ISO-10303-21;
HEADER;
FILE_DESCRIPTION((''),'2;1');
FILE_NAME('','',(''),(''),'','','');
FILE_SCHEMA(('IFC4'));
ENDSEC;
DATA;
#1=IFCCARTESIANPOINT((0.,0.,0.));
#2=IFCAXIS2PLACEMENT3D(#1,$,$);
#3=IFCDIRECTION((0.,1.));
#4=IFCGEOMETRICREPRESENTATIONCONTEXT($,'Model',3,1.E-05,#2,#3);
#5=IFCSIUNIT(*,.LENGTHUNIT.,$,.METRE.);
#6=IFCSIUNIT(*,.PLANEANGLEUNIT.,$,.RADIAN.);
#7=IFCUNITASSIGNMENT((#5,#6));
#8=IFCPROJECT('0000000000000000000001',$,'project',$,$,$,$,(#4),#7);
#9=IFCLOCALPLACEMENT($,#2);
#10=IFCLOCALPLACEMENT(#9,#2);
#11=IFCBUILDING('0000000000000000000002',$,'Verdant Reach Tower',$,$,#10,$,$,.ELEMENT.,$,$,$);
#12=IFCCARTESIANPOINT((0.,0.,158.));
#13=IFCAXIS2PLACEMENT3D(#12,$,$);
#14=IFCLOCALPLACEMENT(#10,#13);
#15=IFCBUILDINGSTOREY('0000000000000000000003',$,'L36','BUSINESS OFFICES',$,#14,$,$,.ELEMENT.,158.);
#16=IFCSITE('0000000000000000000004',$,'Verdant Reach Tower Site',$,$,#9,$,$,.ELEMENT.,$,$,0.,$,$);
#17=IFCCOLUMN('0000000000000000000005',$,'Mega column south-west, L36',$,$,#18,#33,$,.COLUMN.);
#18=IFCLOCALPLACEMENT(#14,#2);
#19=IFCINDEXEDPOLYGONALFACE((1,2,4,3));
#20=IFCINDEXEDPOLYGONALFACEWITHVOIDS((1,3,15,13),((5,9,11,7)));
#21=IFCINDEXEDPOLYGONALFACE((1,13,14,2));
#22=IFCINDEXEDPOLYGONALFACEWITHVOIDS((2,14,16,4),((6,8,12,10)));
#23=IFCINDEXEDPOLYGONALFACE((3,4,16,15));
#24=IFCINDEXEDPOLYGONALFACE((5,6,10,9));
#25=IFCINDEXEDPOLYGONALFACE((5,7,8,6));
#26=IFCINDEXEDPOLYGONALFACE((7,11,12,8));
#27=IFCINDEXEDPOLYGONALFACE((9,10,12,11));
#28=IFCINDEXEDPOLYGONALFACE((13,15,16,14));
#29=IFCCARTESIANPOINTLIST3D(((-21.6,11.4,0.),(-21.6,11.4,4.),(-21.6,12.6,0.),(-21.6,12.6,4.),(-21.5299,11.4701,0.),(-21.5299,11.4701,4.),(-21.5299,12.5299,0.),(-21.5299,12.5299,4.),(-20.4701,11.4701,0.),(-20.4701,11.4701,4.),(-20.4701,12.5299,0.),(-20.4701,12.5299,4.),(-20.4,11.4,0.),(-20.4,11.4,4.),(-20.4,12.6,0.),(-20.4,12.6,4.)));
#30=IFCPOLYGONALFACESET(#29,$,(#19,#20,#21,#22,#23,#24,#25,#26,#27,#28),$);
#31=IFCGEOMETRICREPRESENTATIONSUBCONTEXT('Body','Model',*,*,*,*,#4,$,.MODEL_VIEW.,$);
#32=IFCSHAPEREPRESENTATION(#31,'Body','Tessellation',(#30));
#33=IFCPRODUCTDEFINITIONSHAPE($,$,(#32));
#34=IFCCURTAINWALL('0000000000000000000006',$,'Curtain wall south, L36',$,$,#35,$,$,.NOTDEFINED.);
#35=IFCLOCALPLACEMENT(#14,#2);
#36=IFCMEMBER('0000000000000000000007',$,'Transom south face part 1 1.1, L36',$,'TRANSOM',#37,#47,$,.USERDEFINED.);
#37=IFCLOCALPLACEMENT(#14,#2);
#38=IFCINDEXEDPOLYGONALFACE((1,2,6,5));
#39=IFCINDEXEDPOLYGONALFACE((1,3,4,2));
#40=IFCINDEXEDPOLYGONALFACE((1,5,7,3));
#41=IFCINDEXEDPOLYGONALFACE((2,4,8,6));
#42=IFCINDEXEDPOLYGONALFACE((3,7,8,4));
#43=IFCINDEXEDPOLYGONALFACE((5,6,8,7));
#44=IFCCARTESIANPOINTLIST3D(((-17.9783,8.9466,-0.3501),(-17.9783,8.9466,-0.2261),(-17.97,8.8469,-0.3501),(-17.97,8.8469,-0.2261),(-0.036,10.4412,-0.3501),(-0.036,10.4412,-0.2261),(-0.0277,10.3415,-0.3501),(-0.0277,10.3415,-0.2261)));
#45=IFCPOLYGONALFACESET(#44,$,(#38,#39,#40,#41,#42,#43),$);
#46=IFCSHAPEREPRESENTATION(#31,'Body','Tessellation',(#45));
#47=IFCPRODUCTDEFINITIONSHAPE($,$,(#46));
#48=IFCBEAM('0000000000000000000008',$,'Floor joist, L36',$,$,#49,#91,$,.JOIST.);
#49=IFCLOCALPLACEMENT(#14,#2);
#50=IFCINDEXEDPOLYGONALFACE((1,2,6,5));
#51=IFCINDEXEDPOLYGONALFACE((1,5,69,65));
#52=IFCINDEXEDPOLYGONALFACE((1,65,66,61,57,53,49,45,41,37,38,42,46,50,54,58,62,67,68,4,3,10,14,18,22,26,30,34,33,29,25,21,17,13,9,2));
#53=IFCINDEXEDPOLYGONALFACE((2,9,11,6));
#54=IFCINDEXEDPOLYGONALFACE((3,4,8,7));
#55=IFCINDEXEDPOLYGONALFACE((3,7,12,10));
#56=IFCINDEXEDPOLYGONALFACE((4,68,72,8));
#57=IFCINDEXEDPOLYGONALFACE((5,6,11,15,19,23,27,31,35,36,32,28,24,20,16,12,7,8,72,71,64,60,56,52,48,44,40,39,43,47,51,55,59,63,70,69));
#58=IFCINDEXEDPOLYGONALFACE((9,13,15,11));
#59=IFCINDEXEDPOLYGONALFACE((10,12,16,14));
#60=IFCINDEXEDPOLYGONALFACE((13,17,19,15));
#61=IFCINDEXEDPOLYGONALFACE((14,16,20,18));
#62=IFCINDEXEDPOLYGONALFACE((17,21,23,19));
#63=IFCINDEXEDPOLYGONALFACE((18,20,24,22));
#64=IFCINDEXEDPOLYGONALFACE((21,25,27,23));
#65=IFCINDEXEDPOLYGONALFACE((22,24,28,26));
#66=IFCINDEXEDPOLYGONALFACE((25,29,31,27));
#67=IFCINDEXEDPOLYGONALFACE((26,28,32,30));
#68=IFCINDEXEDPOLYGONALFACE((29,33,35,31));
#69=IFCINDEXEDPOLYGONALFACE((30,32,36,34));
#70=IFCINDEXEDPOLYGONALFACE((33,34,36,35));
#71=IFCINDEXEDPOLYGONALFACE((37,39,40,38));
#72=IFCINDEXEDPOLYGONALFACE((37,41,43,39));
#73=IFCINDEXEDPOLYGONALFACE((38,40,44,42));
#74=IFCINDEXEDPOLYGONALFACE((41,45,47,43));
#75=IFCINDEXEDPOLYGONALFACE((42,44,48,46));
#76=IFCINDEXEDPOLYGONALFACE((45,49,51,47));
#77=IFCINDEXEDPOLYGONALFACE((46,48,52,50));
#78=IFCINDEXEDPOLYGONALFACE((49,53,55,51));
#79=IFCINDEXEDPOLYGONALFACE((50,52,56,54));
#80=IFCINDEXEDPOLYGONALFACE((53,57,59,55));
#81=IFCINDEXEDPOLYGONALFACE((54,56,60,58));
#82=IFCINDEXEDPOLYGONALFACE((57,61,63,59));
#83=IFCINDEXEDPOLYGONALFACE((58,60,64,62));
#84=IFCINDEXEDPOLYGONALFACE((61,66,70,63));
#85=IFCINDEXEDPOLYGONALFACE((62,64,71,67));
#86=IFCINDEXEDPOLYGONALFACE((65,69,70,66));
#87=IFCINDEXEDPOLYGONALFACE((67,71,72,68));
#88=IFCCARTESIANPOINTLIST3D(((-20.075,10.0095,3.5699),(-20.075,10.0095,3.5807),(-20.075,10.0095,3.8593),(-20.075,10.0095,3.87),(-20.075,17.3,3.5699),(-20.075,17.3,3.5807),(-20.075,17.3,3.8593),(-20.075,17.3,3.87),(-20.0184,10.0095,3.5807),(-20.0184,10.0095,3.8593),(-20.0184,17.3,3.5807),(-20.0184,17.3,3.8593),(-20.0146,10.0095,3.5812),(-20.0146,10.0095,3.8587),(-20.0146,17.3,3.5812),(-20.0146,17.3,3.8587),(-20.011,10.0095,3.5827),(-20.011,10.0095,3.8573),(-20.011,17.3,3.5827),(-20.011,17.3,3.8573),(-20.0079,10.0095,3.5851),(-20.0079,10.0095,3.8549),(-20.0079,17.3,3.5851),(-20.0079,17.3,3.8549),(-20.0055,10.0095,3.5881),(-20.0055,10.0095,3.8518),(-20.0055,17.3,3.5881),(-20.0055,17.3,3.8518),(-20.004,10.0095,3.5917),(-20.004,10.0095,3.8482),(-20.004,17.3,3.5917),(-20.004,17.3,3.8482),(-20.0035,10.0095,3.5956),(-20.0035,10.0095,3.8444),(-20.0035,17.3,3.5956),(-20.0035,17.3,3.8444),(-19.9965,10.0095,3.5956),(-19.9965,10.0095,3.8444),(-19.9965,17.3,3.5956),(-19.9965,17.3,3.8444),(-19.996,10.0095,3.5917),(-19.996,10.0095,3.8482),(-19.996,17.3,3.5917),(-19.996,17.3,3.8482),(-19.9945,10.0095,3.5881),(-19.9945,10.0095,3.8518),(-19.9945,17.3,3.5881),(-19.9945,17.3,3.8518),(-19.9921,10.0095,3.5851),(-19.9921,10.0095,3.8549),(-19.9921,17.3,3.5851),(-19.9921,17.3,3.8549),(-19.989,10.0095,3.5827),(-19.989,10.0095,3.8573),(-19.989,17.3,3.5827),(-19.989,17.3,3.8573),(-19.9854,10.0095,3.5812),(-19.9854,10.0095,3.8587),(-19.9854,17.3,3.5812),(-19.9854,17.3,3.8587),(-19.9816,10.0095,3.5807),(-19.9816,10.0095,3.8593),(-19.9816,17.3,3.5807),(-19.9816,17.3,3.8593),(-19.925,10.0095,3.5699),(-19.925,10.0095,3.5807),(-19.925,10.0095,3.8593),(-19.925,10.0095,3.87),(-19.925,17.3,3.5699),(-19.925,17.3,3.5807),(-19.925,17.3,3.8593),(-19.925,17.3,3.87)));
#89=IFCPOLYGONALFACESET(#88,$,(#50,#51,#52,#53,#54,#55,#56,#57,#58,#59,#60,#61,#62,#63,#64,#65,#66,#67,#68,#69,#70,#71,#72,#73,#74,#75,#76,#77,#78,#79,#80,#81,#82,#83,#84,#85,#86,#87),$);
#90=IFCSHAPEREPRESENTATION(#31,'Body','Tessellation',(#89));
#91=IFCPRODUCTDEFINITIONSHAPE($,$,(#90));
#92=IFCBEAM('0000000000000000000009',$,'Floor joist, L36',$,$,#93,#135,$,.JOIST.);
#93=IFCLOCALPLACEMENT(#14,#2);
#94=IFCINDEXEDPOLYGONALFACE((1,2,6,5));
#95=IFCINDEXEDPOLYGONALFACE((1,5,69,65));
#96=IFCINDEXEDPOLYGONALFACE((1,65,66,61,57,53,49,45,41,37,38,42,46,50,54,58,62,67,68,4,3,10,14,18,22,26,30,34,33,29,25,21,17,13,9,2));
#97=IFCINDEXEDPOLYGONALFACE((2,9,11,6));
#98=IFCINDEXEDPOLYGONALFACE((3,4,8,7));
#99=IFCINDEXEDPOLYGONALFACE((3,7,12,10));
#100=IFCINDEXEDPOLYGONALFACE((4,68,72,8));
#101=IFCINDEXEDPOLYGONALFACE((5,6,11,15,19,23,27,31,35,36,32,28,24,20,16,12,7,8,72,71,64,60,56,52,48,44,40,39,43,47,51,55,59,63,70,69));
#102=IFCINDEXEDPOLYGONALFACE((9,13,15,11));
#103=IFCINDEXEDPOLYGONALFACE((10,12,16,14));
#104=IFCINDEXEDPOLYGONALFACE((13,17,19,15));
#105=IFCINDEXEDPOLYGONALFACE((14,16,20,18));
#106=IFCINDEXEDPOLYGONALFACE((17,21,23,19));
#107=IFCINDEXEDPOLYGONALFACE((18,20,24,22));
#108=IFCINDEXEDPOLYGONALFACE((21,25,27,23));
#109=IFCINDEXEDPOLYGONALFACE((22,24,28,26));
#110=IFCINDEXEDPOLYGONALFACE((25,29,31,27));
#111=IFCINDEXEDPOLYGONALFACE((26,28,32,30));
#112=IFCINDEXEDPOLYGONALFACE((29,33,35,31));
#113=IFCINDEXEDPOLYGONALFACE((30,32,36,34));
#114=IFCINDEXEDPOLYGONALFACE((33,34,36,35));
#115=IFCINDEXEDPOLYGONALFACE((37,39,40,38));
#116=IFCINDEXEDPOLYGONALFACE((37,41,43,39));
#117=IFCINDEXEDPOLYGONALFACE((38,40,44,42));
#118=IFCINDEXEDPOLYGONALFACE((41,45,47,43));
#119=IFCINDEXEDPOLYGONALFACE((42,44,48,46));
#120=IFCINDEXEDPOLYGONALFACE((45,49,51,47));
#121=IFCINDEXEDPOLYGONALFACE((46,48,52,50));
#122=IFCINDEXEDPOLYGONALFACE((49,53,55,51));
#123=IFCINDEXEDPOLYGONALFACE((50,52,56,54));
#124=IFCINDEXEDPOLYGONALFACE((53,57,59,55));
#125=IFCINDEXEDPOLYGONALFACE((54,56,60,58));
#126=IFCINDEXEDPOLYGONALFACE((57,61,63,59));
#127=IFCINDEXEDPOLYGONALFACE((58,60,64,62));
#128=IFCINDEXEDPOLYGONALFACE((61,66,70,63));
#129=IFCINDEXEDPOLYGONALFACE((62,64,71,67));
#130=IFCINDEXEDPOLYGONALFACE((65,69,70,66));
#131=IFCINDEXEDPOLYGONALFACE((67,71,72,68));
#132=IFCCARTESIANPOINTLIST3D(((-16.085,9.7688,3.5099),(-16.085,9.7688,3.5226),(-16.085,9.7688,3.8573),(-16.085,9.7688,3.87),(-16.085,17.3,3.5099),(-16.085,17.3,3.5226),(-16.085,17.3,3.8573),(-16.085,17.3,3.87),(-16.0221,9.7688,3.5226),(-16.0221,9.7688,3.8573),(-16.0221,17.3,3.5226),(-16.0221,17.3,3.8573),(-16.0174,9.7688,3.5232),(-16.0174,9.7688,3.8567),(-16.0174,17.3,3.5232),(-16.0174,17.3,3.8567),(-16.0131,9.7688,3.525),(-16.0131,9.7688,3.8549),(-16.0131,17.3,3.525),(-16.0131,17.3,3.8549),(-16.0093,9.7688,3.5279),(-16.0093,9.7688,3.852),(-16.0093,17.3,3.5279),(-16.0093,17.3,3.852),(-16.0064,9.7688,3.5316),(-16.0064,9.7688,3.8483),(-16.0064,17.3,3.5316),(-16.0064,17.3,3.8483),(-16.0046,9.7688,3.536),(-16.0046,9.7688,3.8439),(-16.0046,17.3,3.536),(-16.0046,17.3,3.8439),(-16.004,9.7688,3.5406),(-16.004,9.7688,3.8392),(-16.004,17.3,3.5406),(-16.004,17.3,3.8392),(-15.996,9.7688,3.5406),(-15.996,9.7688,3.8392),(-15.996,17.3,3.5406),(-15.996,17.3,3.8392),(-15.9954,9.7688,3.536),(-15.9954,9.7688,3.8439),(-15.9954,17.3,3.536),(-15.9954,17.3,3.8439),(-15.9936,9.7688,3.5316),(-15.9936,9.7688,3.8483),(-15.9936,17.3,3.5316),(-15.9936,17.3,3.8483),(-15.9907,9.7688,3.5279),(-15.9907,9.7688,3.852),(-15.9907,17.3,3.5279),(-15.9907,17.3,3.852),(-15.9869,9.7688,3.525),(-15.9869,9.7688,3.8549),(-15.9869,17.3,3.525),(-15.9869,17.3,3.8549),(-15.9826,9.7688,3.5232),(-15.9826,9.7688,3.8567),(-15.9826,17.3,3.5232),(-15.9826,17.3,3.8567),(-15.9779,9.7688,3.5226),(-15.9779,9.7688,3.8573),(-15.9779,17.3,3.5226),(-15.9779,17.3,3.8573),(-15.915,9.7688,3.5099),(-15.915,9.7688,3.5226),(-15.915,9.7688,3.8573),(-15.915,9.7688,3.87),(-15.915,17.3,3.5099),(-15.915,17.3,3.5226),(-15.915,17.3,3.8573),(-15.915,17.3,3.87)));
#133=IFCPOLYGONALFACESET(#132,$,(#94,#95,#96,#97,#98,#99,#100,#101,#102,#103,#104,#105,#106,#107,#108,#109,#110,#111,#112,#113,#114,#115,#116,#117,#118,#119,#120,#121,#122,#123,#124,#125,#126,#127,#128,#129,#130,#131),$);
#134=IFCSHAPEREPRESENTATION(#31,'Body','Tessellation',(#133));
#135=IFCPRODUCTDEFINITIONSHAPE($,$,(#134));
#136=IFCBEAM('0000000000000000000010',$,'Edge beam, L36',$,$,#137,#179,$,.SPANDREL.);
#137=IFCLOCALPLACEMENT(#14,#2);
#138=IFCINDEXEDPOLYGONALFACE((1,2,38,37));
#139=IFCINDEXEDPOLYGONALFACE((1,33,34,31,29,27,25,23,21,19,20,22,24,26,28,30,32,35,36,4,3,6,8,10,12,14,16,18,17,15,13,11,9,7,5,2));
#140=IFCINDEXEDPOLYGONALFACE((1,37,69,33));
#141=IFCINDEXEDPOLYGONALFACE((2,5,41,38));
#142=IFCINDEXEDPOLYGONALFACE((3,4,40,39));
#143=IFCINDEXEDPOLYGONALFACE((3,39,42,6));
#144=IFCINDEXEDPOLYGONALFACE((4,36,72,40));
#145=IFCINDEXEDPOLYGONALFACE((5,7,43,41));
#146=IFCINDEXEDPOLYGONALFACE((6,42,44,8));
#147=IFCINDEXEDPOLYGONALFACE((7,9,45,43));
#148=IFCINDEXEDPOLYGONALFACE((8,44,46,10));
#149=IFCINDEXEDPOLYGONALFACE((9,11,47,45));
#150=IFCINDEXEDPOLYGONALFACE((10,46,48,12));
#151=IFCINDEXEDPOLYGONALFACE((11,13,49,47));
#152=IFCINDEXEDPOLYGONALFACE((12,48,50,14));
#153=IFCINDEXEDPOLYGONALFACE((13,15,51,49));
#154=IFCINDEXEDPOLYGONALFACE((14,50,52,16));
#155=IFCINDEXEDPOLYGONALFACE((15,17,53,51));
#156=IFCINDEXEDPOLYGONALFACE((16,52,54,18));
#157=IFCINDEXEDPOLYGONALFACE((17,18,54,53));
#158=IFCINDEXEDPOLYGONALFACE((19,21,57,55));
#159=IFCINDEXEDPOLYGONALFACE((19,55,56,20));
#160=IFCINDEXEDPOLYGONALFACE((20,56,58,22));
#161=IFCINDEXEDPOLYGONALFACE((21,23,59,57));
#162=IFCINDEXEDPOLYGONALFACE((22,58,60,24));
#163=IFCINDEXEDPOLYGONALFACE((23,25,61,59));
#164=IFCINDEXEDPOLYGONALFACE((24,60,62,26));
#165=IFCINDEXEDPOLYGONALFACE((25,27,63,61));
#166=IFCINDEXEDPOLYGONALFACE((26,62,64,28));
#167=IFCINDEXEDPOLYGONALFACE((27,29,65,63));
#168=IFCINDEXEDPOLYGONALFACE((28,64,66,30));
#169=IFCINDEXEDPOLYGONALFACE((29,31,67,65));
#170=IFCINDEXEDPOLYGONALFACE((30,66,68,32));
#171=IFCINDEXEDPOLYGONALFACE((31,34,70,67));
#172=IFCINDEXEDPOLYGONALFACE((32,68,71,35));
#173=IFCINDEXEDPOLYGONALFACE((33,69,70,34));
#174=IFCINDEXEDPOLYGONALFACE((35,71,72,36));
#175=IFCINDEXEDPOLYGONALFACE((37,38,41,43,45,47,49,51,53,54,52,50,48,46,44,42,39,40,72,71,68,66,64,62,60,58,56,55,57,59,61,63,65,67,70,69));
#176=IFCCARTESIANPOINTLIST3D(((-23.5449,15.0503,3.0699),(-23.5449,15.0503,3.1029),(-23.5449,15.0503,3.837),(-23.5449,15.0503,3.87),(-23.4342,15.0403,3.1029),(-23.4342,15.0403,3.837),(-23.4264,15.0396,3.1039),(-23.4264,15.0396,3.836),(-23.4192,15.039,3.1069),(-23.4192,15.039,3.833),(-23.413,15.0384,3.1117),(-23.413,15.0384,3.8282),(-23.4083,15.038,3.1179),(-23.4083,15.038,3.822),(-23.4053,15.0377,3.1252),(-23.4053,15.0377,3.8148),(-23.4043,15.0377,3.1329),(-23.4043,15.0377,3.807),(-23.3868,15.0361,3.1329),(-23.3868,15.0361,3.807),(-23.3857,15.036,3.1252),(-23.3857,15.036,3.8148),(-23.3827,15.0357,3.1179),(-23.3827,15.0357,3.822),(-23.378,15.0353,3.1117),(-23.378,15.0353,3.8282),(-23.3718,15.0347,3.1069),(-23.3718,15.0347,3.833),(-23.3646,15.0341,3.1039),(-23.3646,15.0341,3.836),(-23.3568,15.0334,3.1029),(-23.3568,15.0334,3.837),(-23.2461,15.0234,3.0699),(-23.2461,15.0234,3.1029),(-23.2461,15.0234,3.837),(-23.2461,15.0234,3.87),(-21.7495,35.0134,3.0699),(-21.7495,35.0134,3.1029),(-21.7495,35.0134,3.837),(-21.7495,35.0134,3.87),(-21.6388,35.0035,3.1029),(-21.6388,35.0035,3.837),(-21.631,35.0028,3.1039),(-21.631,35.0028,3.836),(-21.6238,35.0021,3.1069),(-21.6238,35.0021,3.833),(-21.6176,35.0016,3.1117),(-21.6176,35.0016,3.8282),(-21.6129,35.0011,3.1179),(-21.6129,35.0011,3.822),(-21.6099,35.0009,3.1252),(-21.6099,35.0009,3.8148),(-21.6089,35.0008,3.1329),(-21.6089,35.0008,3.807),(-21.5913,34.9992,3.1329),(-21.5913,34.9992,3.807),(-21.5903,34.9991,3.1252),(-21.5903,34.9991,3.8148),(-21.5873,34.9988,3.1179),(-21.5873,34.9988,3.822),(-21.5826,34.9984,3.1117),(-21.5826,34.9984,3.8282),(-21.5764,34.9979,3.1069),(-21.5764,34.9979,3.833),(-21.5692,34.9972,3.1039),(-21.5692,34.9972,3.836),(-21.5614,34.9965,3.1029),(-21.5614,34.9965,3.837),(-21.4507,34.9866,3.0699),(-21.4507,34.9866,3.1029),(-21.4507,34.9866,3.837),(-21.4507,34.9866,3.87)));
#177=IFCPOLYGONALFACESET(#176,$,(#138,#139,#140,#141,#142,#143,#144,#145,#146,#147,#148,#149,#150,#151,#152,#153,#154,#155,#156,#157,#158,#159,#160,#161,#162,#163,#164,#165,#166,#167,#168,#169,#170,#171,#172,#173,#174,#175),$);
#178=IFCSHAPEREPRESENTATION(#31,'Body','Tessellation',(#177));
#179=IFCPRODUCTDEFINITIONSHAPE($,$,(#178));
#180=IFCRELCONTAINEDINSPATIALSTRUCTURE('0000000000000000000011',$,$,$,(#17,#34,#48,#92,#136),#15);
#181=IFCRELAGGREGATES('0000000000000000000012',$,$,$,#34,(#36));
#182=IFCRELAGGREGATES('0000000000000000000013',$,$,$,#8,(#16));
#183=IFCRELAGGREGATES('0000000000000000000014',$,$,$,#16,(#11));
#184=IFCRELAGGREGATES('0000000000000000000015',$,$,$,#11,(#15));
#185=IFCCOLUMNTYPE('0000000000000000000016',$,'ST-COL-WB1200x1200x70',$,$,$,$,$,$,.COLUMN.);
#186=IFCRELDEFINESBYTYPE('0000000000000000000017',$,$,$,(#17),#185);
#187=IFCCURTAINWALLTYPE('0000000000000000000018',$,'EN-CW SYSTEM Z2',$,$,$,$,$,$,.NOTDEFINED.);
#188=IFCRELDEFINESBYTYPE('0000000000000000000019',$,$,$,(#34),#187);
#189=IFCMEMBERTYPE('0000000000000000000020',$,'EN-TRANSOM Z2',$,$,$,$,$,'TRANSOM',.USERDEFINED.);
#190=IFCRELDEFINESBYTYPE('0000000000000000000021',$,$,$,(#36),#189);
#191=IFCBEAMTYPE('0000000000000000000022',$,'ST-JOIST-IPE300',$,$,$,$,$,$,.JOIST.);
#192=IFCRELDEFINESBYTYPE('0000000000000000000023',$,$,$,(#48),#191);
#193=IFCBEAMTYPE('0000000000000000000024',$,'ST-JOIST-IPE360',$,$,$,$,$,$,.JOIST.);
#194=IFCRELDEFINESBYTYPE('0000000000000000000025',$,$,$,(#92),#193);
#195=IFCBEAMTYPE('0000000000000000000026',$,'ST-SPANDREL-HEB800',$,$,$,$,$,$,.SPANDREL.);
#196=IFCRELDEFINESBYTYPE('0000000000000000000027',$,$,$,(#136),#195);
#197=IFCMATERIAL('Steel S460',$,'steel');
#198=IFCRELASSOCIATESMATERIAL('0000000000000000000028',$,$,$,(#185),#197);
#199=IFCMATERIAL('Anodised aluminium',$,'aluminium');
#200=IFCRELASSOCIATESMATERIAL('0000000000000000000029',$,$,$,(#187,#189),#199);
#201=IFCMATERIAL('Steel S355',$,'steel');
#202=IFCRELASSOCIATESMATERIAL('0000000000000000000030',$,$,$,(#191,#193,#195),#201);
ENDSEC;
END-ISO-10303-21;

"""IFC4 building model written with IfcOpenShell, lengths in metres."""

from ifc_helpers import new_model, si_unit, direction, frame, origin, origin_2d, place, context, subcontext, project, spatial, rectangle, hollow_rectangle, i_section, extrude, material, material_profile, profile_set, type_object, element, aggregate, save


model = new_model("IFC4")

# Units and contexts
model_context = context("Model", 3, precision=1e-05, world=origin(), true_north=direction((0.0, 1.0)))
body_context = subcontext(model_context, "Body", "Model", "MODEL_VIEW")
ifc_project = project(units=[si_unit("LENGTHUNIT", "METRE"), si_unit("PLANEANGLEUNIT", "RADIAN")], contexts=[model_context])

# Site, building, storey
site_placement = place(None, origin())
site = spatial("IfcSite", under=ifc_project, at=site_placement, Name="Verdant Reach Tower Site", CompositionType="ELEMENT", RefElevation=0.0)
building_placement = place(site_placement, origin())
building = spatial("IfcBuilding", under=site, at=building_placement, Name="Verdant Reach Tower", CompositionType="ELEMENT")
storey_placement = place(building_placement, frame((0.0, 0.0, 158.0)))
storey = spatial("IfcBuildingStorey", under=building, at=storey_placement, Name="L36", Description="BUSINESS OFFICES", CompositionType="ELEMENT", Elevation=158.0)

# Column
ifc_material_1 = material(Name="Steel S460", Category="steel")
ifc_material_profile_1 = material_profile(ifc_material_1, hollow_rectangle(XDim=1.2, YDim=1.2, WallThickness=0.0701, at=origin_2d()), Name="WB 1200x1200x70")
ifc_profile_set_1 = profile_set([ifc_material_profile_1], Name="Steel S460")
column_type = type_object("IfcColumnType", Name="ST-COL-WB1200x1200x70", PredefinedType="COLUMN", material=ifc_profile_set_1)
column_placement = place(storey_placement, frame((-21.0, 12.0, 0.0), z_axis=(0.0, 0.0, 1.0), x_axis=(1.0, 0.0, 0.0)))
element("IfcColumn", 1, at=column_placement, inside=storey, type_object=column_type, Name="Mega column south-west, L36", PredefinedType="COLUMN", context=body_context, shape_type="SweptSolid", body=[
    extrude(hollow_rectangle(XDim=1.2, YDim=1.2, WallThickness=0.0701, at=origin_2d()), origin(), (0.0, 0.0, 1.0), 4.0),
])

# Curtain wall, member
ifc_material_2 = material(Name="Anodised aluminium", Category="aluminium")
curtain_wall_type = type_object("IfcCurtainWallType", Name="EN-CW SYSTEM Z2", PredefinedType="NOTDEFINED", material=ifc_material_2)
curtain_wall_1_placement = place(storey_placement, origin())
curtain_wall_1 = element("IfcCurtainWall", 2, at=curtain_wall_1_placement, inside=storey, type_object=curtain_wall_type, Name="Curtain wall south, L36", PredefinedType="NOTDEFINED")
ifc_material_profile_2 = material_profile(ifc_material_2, rectangle(XDim=0.1001, YDim=0.124, at=origin_2d()), Name="Transom 124x100")
ifc_profile_set_2 = profile_set([ifc_material_profile_2], Name="Anodised aluminium")
member_type = type_object("IfcMemberType", Name="EN-TRANSOM Z2", ElementType="TRANSOM", PredefinedType="USERDEFINED", material=ifc_profile_set_2)
member_placement = place(storey_placement, frame((-17.9741, 8.8967, -0.2881), z_axis=(0.996548, 0.083015, 0.0), x_axis=(-0.083015, 0.996548, 0.0)))
member = element("IfcMember", 3, at=member_placement, type_object=member_type, Name="Transom south face part 1 1.1, L36", ObjectType="TRANSOM", PredefinedType="USERDEFINED", context=body_context, shape_type="SweptSolid", body=[
    extrude(rectangle(XDim=0.1001, YDim=0.124, at=origin_2d()), origin(), (0.0, 0.0, 1.0), 18.0044),
])

# Beams
ifc_material_3 = material(Name="Steel S355", Category="steel")
ifc_material_profile_3 = material_profile(ifc_material_3, i_section(OverallWidth=0.1499, OverallDepth=0.3, WebThickness=0.0071, FlangeThickness=0.0107, FilletRadius=0.0149, at=origin_2d()), Name="IPE 300")
ifc_profile_set_3 = profile_set([ifc_material_profile_3], Name="Steel S355")
beam_type_1 = type_object("IfcBeamType", Name="ST-JOIST-IPE300", PredefinedType="JOIST", material=ifc_profile_set_3)
beam_1_placement = place(storey_placement, frame((-20.0, 17.3, 3.72), z_axis=(0.0, -1.0, 0.0), x_axis=(1.0, 0.0, 0.0)))
element("IfcBeam", 4, at=beam_1_placement, inside=storey, type_object=beam_type_1, Name="Floor joist, L36", PredefinedType="JOIST", context=body_context, shape_type="SweptSolid", body=[
    extrude(i_section(OverallWidth=0.1499, OverallDepth=0.3, WebThickness=0.0071, FlangeThickness=0.0107, FilletRadius=0.0149, at=origin_2d()), origin(), (0.0, 0.0, 1.0), 7.2905),
])
ifc_material_profile_4 = material_profile(ifc_material_3, i_section(OverallWidth=0.1699, OverallDepth=0.3601, WebThickness=0.0081, FlangeThickness=0.0127, FilletRadius=0.0181, at=origin_2d()), Name="IPE 360")
ifc_profile_set_4 = profile_set([ifc_material_profile_4], Name="Steel S355")
beam_type_2 = type_object("IfcBeamType", Name="ST-JOIST-IPE360", PredefinedType="JOIST", material=ifc_profile_set_4)
beam_2_placement = place(storey_placement, frame((-16.0, 17.3, 3.6899), z_axis=(0.0, -1.0, 0.0), x_axis=(1.0, 0.0, 0.0)))
element("IfcBeam", 5, at=beam_2_placement, inside=storey, type_object=beam_type_2, Name="Floor joist, L36", PredefinedType="JOIST", context=body_context, shape_type="SweptSolid", body=[
    extrude(i_section(OverallWidth=0.1699, OverallDepth=0.3601, WebThickness=0.0081, FlangeThickness=0.0127, FilletRadius=0.0181, at=origin_2d()), origin(), (0.0, 0.0, 1.0), 7.5312),
])
ifc_material_profile_5 = material_profile(ifc_material_3, i_section(OverallWidth=0.3, OverallDepth=0.8, WebThickness=0.0176, FlangeThickness=0.033, FilletRadius=0.03, at=origin_2d()), Name="HEB 800")
ifc_profile_set_5 = profile_set([ifc_material_profile_5], Name="Steel S355")
beam_type_3 = type_object("IfcBeamType", Name="ST-SPANDREL-HEB800", PredefinedType="SPANDREL", material=ifc_profile_set_5)
beam_3_placement = place(storey_placement, frame((-23.3955, 15.0369, 3.47), z_axis=(0.089575, 0.99598, 0.0), x_axis=(-0.99598, 0.089575, 0.0)))
element("IfcBeam", 6, at=beam_3_placement, inside=storey, type_object=beam_type_3, Name="Edge beam, L36", PredefinedType="SPANDREL", context=body_context, shape_type="SweptSolid", body=[
    extrude(i_section(OverallWidth=0.3, OverallDepth=0.8, WebThickness=0.0176, FlangeThickness=0.033, FilletRadius=0.03, at=origin_2d()), origin(), (0.0, 0.0, 1.0), 20.0437),
])

aggregate(curtain_wall_1, [member])

save(model, "model.ifc")
